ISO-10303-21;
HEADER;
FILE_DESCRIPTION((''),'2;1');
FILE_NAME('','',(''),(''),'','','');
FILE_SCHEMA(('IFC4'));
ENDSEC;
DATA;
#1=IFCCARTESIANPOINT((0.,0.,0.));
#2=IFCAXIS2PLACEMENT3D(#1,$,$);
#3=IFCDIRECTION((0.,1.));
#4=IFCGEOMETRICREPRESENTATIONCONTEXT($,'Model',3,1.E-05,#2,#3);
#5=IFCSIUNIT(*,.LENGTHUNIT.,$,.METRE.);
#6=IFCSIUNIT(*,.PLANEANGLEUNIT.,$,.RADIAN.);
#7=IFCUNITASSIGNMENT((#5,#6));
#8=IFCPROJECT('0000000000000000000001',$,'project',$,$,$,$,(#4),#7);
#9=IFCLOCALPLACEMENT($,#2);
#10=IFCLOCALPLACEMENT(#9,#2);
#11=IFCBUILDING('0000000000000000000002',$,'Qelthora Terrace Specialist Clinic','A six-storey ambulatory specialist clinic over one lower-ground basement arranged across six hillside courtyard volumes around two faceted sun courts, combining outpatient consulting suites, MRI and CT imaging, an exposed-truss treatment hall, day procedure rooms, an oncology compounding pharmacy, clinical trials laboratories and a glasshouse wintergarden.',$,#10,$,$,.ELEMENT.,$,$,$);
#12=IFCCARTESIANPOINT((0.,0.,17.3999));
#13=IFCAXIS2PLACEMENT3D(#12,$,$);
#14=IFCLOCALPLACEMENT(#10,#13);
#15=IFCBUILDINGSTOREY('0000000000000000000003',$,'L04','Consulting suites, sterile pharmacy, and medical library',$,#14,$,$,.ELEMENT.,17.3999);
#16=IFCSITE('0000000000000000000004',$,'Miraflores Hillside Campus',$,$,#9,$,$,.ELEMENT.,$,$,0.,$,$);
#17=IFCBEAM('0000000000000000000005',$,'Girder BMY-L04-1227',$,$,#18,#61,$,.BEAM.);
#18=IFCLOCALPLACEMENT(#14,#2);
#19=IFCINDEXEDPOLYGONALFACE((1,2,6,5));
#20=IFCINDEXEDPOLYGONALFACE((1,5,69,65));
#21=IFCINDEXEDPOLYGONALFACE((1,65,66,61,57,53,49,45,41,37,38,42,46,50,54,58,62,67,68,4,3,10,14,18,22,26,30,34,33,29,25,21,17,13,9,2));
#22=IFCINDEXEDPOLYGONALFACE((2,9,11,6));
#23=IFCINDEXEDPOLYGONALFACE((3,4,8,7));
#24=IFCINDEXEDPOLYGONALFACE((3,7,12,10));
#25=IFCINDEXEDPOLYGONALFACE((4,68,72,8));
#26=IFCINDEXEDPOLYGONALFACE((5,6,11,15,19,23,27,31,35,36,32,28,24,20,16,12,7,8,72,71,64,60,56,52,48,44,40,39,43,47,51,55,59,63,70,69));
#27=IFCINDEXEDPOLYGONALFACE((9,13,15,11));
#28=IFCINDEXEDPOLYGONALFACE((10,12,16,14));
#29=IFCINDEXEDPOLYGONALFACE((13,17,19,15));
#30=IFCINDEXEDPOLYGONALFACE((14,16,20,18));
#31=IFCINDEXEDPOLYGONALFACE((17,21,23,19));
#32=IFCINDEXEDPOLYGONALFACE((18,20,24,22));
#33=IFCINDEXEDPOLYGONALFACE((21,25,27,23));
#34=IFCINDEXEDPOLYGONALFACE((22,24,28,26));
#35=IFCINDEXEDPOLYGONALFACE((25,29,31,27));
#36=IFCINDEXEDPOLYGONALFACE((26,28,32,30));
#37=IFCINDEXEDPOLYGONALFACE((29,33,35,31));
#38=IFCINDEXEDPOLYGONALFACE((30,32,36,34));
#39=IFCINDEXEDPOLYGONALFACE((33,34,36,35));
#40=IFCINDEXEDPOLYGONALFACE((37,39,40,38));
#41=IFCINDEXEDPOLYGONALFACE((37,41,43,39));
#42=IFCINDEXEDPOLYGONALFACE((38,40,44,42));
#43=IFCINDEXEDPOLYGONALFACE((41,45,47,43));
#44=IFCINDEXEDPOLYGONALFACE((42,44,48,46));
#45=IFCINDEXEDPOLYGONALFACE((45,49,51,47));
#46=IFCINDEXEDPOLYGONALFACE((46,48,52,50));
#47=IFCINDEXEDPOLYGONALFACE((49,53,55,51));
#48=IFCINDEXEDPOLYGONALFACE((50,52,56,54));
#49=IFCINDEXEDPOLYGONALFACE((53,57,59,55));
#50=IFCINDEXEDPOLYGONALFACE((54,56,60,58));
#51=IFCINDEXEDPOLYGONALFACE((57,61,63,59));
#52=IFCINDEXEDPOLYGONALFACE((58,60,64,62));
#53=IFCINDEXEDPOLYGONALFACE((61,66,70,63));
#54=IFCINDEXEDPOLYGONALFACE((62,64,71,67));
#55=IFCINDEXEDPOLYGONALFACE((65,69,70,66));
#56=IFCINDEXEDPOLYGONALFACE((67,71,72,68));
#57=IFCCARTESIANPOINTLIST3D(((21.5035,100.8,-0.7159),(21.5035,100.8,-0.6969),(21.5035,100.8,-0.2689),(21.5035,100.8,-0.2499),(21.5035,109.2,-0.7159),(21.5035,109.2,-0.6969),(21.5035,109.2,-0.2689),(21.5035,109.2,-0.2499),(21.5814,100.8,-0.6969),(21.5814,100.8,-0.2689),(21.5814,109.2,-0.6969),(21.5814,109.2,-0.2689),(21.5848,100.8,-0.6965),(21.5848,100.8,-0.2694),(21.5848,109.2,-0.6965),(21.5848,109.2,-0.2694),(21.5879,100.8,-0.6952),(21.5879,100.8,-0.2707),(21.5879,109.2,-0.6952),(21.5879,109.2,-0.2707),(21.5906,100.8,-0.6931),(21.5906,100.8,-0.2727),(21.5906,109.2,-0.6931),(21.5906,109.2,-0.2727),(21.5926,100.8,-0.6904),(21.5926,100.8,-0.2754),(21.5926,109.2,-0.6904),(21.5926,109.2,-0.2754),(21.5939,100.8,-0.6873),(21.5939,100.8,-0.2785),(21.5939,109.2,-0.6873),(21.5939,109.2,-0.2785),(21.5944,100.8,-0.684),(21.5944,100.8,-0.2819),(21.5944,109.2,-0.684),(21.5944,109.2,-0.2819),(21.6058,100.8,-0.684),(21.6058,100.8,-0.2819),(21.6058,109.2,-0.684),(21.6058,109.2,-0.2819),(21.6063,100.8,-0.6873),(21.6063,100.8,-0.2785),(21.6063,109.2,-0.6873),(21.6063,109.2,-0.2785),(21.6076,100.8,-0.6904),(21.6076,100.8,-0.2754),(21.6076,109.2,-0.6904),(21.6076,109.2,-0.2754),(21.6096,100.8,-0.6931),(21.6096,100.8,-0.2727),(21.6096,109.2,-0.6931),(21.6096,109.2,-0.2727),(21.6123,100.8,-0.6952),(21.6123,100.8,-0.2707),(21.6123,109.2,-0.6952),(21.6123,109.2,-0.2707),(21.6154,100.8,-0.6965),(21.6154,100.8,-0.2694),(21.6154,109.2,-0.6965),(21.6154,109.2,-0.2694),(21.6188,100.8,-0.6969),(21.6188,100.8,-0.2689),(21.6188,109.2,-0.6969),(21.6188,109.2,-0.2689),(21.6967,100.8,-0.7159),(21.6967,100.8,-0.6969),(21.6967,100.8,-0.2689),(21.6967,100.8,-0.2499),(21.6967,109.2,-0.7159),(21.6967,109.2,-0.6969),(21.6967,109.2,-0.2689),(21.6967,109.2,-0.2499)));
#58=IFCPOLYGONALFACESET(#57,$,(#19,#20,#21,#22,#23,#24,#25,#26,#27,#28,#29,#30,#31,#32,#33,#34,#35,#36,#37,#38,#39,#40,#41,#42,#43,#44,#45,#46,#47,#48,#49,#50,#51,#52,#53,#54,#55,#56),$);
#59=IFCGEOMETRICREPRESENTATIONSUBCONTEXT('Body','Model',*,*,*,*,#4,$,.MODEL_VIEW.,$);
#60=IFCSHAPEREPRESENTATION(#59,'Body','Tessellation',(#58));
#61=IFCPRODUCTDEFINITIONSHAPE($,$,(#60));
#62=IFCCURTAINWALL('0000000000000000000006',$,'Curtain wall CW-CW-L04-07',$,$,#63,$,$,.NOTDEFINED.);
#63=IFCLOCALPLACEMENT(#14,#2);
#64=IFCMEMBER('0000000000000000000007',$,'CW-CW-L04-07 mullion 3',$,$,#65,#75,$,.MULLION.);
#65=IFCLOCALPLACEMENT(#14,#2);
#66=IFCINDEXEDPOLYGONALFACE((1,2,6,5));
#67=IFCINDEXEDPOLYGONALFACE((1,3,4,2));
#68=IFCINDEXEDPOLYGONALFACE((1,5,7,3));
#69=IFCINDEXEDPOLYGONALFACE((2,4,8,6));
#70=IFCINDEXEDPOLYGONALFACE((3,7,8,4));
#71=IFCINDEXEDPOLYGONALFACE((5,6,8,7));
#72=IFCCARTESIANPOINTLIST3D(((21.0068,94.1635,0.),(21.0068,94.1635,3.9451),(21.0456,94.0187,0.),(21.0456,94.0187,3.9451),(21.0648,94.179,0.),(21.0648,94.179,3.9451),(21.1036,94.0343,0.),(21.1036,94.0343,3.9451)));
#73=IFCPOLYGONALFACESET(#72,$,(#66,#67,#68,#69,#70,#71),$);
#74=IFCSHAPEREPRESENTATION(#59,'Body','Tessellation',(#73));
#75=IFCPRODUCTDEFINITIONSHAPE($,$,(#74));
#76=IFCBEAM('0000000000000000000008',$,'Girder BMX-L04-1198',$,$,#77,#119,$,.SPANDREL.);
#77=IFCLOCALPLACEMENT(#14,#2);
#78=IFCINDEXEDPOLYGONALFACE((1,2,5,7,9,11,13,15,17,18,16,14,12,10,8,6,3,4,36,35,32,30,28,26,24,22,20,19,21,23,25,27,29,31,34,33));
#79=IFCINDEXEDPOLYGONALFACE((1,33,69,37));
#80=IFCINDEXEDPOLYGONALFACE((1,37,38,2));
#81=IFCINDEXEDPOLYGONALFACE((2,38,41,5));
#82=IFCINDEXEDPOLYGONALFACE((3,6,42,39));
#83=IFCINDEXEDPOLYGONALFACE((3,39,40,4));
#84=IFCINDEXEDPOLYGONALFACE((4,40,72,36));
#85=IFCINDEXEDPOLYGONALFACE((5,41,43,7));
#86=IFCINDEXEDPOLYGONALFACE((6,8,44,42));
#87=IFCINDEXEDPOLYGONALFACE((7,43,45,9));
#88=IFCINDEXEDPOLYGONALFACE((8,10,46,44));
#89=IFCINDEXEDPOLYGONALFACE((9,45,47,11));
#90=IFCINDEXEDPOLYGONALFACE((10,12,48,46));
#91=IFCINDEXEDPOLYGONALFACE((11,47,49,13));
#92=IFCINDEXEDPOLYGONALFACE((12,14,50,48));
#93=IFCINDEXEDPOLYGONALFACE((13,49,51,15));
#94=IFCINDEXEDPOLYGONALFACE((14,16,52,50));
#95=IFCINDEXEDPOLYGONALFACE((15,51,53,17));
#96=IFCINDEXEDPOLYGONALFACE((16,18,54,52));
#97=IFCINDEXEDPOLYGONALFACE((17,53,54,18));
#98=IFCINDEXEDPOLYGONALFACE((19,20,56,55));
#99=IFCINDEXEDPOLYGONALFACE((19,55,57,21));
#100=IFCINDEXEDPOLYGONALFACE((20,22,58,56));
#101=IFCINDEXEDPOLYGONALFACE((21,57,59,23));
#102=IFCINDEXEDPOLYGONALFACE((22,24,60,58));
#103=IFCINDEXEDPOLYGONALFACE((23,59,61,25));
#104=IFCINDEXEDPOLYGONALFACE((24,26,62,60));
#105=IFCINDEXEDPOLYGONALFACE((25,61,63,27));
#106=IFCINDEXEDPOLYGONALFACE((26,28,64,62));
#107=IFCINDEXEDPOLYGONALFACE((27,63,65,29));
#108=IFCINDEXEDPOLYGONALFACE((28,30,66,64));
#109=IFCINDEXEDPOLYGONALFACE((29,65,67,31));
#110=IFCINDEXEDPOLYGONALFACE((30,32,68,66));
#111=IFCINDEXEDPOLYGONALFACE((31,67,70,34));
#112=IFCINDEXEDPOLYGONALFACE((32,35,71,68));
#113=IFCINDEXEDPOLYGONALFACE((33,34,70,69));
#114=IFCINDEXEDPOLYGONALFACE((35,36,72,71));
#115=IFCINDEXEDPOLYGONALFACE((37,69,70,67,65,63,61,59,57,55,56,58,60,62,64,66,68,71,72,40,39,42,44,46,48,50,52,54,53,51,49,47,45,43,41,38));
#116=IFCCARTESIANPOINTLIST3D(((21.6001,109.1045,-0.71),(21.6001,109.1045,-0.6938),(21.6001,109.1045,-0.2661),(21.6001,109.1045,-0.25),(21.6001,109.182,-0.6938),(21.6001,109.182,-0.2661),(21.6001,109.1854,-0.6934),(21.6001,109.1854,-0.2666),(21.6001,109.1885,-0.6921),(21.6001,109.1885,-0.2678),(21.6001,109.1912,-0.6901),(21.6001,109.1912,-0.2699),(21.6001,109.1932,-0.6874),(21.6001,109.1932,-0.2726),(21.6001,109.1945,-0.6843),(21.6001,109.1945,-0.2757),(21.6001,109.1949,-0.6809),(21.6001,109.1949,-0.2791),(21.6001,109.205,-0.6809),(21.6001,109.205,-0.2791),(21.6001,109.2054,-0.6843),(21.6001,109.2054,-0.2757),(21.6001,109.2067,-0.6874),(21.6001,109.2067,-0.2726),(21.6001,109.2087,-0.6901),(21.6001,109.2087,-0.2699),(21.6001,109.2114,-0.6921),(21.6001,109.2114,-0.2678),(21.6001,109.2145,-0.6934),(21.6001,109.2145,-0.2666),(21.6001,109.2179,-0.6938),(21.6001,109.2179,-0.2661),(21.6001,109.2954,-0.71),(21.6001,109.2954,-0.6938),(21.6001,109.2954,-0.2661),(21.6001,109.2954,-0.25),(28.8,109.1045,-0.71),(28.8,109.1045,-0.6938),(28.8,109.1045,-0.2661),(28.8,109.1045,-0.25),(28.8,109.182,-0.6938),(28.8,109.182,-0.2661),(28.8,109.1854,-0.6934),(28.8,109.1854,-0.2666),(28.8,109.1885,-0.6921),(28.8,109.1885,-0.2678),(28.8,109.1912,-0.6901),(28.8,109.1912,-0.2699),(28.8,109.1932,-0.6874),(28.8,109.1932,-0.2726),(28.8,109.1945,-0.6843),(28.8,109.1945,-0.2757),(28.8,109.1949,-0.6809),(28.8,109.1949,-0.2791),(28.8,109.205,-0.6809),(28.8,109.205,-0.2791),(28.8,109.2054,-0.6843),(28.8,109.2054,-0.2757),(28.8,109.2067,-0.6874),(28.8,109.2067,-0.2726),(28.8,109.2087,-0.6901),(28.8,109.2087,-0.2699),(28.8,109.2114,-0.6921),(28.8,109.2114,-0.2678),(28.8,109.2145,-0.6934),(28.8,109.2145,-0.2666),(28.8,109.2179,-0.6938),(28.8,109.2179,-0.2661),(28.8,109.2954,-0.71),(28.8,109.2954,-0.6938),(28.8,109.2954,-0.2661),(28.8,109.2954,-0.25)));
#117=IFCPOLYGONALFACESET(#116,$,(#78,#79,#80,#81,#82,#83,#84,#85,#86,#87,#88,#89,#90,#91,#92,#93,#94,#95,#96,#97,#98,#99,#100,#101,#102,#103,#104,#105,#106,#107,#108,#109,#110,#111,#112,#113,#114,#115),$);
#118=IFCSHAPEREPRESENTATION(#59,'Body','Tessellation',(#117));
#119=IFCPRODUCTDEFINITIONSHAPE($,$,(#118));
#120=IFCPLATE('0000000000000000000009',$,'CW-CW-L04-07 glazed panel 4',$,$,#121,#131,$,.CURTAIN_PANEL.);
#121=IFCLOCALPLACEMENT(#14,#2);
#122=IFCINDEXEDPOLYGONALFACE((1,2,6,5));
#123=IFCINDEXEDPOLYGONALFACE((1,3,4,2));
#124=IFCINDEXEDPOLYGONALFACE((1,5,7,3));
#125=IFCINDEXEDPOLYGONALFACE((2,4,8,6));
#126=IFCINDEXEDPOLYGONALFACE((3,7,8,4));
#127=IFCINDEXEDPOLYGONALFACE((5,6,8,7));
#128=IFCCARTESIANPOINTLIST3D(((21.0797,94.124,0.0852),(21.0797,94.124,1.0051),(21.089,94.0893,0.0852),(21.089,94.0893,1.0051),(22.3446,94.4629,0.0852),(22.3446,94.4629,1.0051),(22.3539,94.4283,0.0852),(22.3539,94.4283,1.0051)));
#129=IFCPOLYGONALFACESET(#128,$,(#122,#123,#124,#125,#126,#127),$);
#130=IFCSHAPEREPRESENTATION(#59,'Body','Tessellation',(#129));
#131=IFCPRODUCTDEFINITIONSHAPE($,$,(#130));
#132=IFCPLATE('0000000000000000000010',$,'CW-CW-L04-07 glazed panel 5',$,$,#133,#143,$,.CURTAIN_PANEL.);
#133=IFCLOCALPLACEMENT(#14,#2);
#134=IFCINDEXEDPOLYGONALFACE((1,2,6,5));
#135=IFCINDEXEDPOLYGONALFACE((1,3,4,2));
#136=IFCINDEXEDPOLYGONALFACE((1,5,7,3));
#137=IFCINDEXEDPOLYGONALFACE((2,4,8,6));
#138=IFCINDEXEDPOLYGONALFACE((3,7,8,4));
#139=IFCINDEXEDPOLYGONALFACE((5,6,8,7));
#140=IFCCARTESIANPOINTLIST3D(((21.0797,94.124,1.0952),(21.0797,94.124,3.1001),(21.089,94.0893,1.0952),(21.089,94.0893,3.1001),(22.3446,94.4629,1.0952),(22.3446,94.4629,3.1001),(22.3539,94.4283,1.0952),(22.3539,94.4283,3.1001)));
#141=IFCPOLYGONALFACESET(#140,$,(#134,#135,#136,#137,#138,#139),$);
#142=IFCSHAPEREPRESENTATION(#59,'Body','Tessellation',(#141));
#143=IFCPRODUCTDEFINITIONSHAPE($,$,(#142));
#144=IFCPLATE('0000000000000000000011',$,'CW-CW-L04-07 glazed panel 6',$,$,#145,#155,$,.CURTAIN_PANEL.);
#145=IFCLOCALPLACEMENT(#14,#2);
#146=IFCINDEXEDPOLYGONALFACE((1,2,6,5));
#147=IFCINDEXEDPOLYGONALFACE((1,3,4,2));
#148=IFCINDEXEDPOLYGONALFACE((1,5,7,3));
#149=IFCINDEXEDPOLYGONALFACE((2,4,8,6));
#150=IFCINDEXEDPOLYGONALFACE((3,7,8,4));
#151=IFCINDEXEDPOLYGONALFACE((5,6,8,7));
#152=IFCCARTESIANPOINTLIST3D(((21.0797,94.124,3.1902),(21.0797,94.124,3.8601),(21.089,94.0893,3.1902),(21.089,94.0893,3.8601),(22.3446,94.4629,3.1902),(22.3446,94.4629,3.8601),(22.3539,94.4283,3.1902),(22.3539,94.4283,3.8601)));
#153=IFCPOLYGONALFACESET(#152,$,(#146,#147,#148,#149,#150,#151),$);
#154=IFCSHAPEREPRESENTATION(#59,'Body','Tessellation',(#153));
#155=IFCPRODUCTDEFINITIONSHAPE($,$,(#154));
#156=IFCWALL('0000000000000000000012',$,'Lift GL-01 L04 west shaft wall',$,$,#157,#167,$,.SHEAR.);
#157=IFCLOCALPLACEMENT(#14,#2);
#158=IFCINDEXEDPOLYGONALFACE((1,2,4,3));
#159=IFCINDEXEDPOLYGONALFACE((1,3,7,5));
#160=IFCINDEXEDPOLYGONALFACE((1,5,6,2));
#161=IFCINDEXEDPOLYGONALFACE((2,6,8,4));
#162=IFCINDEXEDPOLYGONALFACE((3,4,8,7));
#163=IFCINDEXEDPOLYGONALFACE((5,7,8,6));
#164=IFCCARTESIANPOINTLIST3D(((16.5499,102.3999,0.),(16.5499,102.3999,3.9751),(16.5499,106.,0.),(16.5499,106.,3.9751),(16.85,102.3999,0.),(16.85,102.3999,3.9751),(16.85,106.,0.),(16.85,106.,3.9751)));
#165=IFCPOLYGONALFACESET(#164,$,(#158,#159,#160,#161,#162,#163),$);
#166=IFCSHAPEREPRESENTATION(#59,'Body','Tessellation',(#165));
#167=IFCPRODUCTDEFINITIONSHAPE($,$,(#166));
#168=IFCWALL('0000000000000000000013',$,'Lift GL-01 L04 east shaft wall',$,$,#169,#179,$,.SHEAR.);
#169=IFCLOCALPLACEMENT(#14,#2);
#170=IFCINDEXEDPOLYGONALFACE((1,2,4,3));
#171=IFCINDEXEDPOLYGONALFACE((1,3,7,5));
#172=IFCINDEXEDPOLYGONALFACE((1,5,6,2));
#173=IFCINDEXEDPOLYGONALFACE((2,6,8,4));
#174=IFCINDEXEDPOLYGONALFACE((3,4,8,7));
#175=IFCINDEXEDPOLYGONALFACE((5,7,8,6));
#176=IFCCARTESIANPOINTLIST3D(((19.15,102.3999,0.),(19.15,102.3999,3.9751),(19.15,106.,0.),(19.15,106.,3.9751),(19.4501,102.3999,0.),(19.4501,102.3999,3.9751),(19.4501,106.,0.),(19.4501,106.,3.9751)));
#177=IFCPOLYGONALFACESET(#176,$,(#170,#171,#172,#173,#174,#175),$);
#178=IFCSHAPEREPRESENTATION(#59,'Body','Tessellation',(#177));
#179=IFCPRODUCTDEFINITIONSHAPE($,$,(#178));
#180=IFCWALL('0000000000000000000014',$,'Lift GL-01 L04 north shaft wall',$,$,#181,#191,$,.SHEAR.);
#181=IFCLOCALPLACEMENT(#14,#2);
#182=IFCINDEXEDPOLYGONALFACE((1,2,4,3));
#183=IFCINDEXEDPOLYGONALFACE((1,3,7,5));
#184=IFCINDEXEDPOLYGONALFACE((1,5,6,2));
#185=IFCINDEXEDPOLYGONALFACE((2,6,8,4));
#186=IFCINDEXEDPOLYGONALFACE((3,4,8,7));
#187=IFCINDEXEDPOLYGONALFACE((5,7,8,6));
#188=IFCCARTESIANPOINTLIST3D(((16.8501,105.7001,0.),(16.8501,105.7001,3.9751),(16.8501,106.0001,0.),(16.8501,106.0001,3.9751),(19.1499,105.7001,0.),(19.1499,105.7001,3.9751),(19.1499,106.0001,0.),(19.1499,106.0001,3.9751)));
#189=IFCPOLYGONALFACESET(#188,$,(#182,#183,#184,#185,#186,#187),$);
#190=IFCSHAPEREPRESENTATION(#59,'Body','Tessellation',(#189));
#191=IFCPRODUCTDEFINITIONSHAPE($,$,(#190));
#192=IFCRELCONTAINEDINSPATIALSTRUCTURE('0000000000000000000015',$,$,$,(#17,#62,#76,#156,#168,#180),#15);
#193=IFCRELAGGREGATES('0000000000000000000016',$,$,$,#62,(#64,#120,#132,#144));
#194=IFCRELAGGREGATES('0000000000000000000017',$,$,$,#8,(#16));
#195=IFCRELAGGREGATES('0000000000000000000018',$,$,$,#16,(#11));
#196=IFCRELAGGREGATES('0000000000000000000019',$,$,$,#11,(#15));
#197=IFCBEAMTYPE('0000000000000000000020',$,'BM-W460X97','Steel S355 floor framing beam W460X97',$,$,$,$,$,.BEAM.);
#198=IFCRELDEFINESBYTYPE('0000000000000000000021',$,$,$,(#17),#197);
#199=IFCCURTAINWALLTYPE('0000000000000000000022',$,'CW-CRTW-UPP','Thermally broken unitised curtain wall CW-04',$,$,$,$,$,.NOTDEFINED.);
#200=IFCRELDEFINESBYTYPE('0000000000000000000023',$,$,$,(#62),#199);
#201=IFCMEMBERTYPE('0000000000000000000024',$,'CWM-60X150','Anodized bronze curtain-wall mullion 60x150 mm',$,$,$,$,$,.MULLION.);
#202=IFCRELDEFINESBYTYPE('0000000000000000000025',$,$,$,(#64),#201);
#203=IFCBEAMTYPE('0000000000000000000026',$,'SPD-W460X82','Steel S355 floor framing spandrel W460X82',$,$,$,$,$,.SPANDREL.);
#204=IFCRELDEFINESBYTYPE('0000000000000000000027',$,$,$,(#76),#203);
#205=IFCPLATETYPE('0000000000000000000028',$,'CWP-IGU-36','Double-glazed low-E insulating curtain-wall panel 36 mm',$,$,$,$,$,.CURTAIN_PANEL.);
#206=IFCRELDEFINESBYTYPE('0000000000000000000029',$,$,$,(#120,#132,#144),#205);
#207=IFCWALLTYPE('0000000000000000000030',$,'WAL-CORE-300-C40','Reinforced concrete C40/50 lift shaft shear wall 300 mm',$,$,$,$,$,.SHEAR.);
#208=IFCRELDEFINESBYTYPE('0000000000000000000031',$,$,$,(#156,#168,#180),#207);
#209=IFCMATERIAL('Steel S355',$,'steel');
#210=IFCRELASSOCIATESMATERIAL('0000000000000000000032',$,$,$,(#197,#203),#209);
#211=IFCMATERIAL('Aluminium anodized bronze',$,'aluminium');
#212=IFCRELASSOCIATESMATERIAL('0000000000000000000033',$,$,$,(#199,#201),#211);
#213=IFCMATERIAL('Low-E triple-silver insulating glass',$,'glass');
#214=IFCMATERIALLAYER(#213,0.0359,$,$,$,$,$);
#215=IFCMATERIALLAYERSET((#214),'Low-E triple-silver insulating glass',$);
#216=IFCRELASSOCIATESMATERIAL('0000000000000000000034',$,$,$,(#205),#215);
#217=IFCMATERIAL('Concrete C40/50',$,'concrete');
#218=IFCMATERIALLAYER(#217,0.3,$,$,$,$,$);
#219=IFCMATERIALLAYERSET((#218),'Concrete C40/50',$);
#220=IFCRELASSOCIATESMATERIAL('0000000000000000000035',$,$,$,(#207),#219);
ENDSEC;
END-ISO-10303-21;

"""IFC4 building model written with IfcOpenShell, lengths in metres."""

from ifc_helpers import new_model, si_unit, direction, frame, frame_2d, origin, origin_2d, place, context, subcontext, project, spatial, rectangle, i_section, extrude, material, layer, layer_set, material_profile, profile_set, type_object, element, aggregate, save


model = new_model("IFC4")

# Units and contexts
model_context = context("Model", 3, precision=1e-05, world=origin(), true_north=direction((0.0, 1.0)))
body_context = subcontext(model_context, "Body", "Model", "MODEL_VIEW")
ifc_project = project(units=[si_unit("LENGTHUNIT", "METRE"), si_unit("PLANEANGLEUNIT", "RADIAN")], contexts=[model_context])

# Site, building, storey
site_placement = place(None, origin())
site = spatial("IfcSite", under=ifc_project, at=site_placement, Name="Miraflores Hillside Campus", CompositionType="ELEMENT", RefElevation=0.0)
building_placement = place(site_placement, origin())
building = spatial("IfcBuilding", under=site, at=building_placement, Name="Qelthora Terrace Specialist Clinic", Description="A six-storey ambulatory specialist clinic over one lower-ground basement arranged across six hillside courtyard volumes around two faceted sun courts, combining outpatient consulting suites, MRI and CT imaging, an exposed-truss treatment hall, day procedure rooms, an oncology compounding pharmacy, clinical trials laboratories and a glasshouse wintergarden.", CompositionType="ELEMENT")
storey_placement = place(building_placement, frame((0.0, 0.0, 17.3999)))
storey = spatial("IfcBuildingStorey", under=building, at=storey_placement, Name="L04", Description="Consulting suites, sterile pharmacy, and medical library", CompositionType="ELEMENT", Elevation=17.3999)

# Shared definitions
ifc_material_1 = material(Name="Steel S355", Category="steel")

# Beam
ifc_material_profile_1 = material_profile(ifc_material_1, i_section(OverallWidth=0.1931, OverallDepth=0.4661, WebThickness=0.0115, FlangeThickness=0.019, FilletRadius=0.0129, at=origin_2d()), Name="W460X97")
ifc_profile_set_1 = profile_set([ifc_material_profile_1], Name="Steel S355")
beam_type_1 = type_object("IfcBeamType", Name="BM-W460X97", Description="Steel S355 floor framing beam W460X97", PredefinedType="BEAM", material=ifc_profile_set_1)
beam_1_placement = place(storey_placement, frame((21.6001, 100.8, -0.4829), z_axis=(0.0, 1.0, 0.0), x_axis=(-1.0, 0.0, 0.0)))
element("IfcBeam", 1, at=beam_1_placement, inside=storey, type_object=beam_type_1, Name="Girder BMY-L04-1227", PredefinedType="BEAM", context=body_context, shape_type="SweptSolid", body=[
    extrude(i_section(OverallWidth=0.1931, OverallDepth=0.4661, WebThickness=0.0115, FlangeThickness=0.019, FilletRadius=0.0129, at=origin_2d()), origin(), (0.0, 0.0, 1.0), 8.3999),
])

# Curtain wall, member
ifc_material_2 = material(Name="Aluminium anodized bronze", Category="aluminium")
curtain_wall_type = type_object("IfcCurtainWallType", Name="CW-CRTW-UPP", Description="Thermally broken unitised curtain wall CW-04", PredefinedType="NOTDEFINED", material=ifc_material_2)
curtain_wall_placement = place(storey_placement, origin())
curtain_wall = element("IfcCurtainWall", 2, at=curtain_wall_placement, inside=storey, type_object=curtain_wall_type, Name="Curtain wall CW-CW-L04-07", PredefinedType="NOTDEFINED")
ifc_material_profile_2 = material_profile(ifc_material_2, rectangle(XDim=0.0601, YDim=0.1499, at=origin_2d()), Name="CWM60X150")
ifc_profile_set_2 = profile_set([ifc_material_profile_2], Name="Aluminium anodized bronze")
member_type = type_object("IfcMemberType", Name="CWM-60X150", Description="Anodized bronze curtain-wall mullion 60x150 mm", PredefinedType="MULLION", material=ifc_profile_set_2)
member_placement = place(storey_placement, frame((21.0552, 94.0989, 0.0), z_axis=(0.0, 0.0, 1.0), x_axis=(-0.965925, -0.25882, 0.0)))
member = element("IfcMember", 3, at=member_placement, type_object=member_type, Name="CW-CW-L04-07 mullion 3", PredefinedType="MULLION", context=body_context, shape_type="SweptSolid", body=[
    extrude(rectangle(XDim=0.0601, YDim=0.1499, at=origin_2d()), origin(), (0.0, 0.0, 1.0), 3.9451),
])

# Beam
ifc_material_profile_3 = material_profile(ifc_material_1, i_section(OverallWidth=0.1909, OverallDepth=0.46, WebThickness=0.01, FlangeThickness=0.0161, FilletRadius=0.0129, at=origin_2d()), Name="W460X82")
ifc_profile_set_3 = profile_set([ifc_material_profile_3], Name="Steel S355")
beam_type_2 = type_object("IfcBeamType", Name="SPD-W460X82", Description="Steel S355 floor framing spandrel W460X82", PredefinedType="SPANDREL", material=ifc_profile_set_3)
beam_2_placement = place(storey_placement, frame((21.6001, 109.2, -0.48), z_axis=(1.0, 0.0, 0.0), x_axis=(0.0, 1.0, 0.0)))
element("IfcBeam", 4, at=beam_2_placement, inside=storey, type_object=beam_type_2, Name="Girder BMX-L04-1198", PredefinedType="SPANDREL", context=body_context, shape_type="SweptSolid", body=[
    extrude(i_section(OverallWidth=0.1909, OverallDepth=0.46, WebThickness=0.01, FlangeThickness=0.0161, FilletRadius=0.0129, at=origin_2d()), origin(), (0.0, 0.0, 1.0), 7.2),
])

# Plates
ifc_material_3 = material(Name="Low-E triple-silver insulating glass", Category="glass")
ifc_layer_1 = layer(ifc_material_3, 0.0359)
ifc_layer_set_1 = layer_set([ifc_layer_1], Name="Low-E triple-silver insulating glass")
plate_type = type_object("IfcPlateType", Name="CWP-IGU-36", Description="Double-glazed low-E insulating curtain-wall panel 36 mm", PredefinedType="CURTAIN_PANEL", material=ifc_layer_set_1)
plate_1_placement = place(storey_placement, frame((21.7168, 94.2761, 0.0852), z_axis=(0.0, 0.0, 1.0), x_axis=(-0.965925, -0.258821, 0.0)))
plate_1 = element("IfcPlate", 5, at=plate_1_placement, type_object=plate_type, Name="CW-CW-L04-07 glazed panel 4", PredefinedType="CURTAIN_PANEL", context=body_context, shape_type="SweptSolid", body=[
    extrude(rectangle(XDim=1.3096, YDim=0.0359, at=origin_2d()), origin(), (0.0, 0.0, 1.0), 0.9199),
])
plate_2_placement = place(storey_placement, frame((21.7168, 94.2761, 1.0952), z_axis=(0.0, 0.0, 1.0), x_axis=(-0.965925, -0.258821, 0.0)))
plate_2 = element("IfcPlate", 6, at=plate_2_placement, type_object=plate_type, Name="CW-CW-L04-07 glazed panel 5", PredefinedType="CURTAIN_PANEL", context=body_context, shape_type="SweptSolid", body=[
    extrude(rectangle(XDim=1.3096, YDim=0.0359, at=origin_2d()), origin(), (0.0, 0.0, 1.0), 2.0049),
])
plate_3_placement = place(storey_placement, frame((21.7168, 94.2761, 3.1902), z_axis=(0.0, 0.0, 1.0), x_axis=(-0.965925, -0.258821, 0.0)))
plate_3 = element("IfcPlate", 7, at=plate_3_placement, type_object=plate_type, Name="CW-CW-L04-07 glazed panel 6", PredefinedType="CURTAIN_PANEL", context=body_context, shape_type="SweptSolid", body=[
    extrude(rectangle(XDim=1.3096, YDim=0.0359, at=origin_2d()), origin(), (0.0, 0.0, 1.0), 0.6699),
])
aggregate(curtain_wall, [member, plate_1, plate_2, plate_3])

# Walls
ifc_material_4 = material(Name="Concrete C40/50", Category="concrete")
ifc_layer_2 = layer(ifc_material_4, 0.3)
ifc_layer_set_2 = layer_set([ifc_layer_2], Name="Concrete C40/50")
wall_type_1 = type_object("IfcWallType", Name="WAL-CORE-300-C40", Description="Reinforced concrete C40/50 lift shaft shear wall 300 mm", PredefinedType="SHEAR", material=ifc_layer_set_2)
for number, where, z_axis, x_axis, name in (
    (8, (16.7, 102.3999, 0.0), (0.0, 0.0, 1.0), (0.0, 1.0, 0.0), "Lift GL-01 L04 west shaft wall"),
    (9, (19.3, 102.3999, 0.0), (0.0, 0.0, 1.0), (0.0, 1.0, 0.0), "Lift GL-01 L04 east shaft wall"),
):
    element("IfcWall", number, at=place(storey_placement, frame(where, z_axis=z_axis, x_axis=x_axis)), inside=storey, type_object=wall_type_1, Name=name, PredefinedType="SHEAR", context=body_context, shape_type="SweptSolid", body=[
        extrude(rectangle(XDim=3.6001, YDim=0.3, at=frame_2d((1.8, 0.0))), origin(), (0.0, 0.0, 1.0), 3.9751),
    ])
wall_1_placement = place(storey_placement, frame((16.8501, 105.8501, 0.0), z_axis=(0.0, 0.0, 1.0), x_axis=(1.0, 0.0, 0.0)))
element("IfcWall", 10, at=wall_1_placement, inside=storey, type_object=wall_type_1, Name="Lift GL-01 L04 north shaft wall", PredefinedType="SHEAR", context=body_context, shape_type="SweptSolid", body=[
    extrude(rectangle(XDim=2.2998, YDim=0.3, at=frame_2d((1.1499, 0.0))), origin(), (0.0, 0.0, 1.0), 3.9751),
])

save(model, "model.ifc")
